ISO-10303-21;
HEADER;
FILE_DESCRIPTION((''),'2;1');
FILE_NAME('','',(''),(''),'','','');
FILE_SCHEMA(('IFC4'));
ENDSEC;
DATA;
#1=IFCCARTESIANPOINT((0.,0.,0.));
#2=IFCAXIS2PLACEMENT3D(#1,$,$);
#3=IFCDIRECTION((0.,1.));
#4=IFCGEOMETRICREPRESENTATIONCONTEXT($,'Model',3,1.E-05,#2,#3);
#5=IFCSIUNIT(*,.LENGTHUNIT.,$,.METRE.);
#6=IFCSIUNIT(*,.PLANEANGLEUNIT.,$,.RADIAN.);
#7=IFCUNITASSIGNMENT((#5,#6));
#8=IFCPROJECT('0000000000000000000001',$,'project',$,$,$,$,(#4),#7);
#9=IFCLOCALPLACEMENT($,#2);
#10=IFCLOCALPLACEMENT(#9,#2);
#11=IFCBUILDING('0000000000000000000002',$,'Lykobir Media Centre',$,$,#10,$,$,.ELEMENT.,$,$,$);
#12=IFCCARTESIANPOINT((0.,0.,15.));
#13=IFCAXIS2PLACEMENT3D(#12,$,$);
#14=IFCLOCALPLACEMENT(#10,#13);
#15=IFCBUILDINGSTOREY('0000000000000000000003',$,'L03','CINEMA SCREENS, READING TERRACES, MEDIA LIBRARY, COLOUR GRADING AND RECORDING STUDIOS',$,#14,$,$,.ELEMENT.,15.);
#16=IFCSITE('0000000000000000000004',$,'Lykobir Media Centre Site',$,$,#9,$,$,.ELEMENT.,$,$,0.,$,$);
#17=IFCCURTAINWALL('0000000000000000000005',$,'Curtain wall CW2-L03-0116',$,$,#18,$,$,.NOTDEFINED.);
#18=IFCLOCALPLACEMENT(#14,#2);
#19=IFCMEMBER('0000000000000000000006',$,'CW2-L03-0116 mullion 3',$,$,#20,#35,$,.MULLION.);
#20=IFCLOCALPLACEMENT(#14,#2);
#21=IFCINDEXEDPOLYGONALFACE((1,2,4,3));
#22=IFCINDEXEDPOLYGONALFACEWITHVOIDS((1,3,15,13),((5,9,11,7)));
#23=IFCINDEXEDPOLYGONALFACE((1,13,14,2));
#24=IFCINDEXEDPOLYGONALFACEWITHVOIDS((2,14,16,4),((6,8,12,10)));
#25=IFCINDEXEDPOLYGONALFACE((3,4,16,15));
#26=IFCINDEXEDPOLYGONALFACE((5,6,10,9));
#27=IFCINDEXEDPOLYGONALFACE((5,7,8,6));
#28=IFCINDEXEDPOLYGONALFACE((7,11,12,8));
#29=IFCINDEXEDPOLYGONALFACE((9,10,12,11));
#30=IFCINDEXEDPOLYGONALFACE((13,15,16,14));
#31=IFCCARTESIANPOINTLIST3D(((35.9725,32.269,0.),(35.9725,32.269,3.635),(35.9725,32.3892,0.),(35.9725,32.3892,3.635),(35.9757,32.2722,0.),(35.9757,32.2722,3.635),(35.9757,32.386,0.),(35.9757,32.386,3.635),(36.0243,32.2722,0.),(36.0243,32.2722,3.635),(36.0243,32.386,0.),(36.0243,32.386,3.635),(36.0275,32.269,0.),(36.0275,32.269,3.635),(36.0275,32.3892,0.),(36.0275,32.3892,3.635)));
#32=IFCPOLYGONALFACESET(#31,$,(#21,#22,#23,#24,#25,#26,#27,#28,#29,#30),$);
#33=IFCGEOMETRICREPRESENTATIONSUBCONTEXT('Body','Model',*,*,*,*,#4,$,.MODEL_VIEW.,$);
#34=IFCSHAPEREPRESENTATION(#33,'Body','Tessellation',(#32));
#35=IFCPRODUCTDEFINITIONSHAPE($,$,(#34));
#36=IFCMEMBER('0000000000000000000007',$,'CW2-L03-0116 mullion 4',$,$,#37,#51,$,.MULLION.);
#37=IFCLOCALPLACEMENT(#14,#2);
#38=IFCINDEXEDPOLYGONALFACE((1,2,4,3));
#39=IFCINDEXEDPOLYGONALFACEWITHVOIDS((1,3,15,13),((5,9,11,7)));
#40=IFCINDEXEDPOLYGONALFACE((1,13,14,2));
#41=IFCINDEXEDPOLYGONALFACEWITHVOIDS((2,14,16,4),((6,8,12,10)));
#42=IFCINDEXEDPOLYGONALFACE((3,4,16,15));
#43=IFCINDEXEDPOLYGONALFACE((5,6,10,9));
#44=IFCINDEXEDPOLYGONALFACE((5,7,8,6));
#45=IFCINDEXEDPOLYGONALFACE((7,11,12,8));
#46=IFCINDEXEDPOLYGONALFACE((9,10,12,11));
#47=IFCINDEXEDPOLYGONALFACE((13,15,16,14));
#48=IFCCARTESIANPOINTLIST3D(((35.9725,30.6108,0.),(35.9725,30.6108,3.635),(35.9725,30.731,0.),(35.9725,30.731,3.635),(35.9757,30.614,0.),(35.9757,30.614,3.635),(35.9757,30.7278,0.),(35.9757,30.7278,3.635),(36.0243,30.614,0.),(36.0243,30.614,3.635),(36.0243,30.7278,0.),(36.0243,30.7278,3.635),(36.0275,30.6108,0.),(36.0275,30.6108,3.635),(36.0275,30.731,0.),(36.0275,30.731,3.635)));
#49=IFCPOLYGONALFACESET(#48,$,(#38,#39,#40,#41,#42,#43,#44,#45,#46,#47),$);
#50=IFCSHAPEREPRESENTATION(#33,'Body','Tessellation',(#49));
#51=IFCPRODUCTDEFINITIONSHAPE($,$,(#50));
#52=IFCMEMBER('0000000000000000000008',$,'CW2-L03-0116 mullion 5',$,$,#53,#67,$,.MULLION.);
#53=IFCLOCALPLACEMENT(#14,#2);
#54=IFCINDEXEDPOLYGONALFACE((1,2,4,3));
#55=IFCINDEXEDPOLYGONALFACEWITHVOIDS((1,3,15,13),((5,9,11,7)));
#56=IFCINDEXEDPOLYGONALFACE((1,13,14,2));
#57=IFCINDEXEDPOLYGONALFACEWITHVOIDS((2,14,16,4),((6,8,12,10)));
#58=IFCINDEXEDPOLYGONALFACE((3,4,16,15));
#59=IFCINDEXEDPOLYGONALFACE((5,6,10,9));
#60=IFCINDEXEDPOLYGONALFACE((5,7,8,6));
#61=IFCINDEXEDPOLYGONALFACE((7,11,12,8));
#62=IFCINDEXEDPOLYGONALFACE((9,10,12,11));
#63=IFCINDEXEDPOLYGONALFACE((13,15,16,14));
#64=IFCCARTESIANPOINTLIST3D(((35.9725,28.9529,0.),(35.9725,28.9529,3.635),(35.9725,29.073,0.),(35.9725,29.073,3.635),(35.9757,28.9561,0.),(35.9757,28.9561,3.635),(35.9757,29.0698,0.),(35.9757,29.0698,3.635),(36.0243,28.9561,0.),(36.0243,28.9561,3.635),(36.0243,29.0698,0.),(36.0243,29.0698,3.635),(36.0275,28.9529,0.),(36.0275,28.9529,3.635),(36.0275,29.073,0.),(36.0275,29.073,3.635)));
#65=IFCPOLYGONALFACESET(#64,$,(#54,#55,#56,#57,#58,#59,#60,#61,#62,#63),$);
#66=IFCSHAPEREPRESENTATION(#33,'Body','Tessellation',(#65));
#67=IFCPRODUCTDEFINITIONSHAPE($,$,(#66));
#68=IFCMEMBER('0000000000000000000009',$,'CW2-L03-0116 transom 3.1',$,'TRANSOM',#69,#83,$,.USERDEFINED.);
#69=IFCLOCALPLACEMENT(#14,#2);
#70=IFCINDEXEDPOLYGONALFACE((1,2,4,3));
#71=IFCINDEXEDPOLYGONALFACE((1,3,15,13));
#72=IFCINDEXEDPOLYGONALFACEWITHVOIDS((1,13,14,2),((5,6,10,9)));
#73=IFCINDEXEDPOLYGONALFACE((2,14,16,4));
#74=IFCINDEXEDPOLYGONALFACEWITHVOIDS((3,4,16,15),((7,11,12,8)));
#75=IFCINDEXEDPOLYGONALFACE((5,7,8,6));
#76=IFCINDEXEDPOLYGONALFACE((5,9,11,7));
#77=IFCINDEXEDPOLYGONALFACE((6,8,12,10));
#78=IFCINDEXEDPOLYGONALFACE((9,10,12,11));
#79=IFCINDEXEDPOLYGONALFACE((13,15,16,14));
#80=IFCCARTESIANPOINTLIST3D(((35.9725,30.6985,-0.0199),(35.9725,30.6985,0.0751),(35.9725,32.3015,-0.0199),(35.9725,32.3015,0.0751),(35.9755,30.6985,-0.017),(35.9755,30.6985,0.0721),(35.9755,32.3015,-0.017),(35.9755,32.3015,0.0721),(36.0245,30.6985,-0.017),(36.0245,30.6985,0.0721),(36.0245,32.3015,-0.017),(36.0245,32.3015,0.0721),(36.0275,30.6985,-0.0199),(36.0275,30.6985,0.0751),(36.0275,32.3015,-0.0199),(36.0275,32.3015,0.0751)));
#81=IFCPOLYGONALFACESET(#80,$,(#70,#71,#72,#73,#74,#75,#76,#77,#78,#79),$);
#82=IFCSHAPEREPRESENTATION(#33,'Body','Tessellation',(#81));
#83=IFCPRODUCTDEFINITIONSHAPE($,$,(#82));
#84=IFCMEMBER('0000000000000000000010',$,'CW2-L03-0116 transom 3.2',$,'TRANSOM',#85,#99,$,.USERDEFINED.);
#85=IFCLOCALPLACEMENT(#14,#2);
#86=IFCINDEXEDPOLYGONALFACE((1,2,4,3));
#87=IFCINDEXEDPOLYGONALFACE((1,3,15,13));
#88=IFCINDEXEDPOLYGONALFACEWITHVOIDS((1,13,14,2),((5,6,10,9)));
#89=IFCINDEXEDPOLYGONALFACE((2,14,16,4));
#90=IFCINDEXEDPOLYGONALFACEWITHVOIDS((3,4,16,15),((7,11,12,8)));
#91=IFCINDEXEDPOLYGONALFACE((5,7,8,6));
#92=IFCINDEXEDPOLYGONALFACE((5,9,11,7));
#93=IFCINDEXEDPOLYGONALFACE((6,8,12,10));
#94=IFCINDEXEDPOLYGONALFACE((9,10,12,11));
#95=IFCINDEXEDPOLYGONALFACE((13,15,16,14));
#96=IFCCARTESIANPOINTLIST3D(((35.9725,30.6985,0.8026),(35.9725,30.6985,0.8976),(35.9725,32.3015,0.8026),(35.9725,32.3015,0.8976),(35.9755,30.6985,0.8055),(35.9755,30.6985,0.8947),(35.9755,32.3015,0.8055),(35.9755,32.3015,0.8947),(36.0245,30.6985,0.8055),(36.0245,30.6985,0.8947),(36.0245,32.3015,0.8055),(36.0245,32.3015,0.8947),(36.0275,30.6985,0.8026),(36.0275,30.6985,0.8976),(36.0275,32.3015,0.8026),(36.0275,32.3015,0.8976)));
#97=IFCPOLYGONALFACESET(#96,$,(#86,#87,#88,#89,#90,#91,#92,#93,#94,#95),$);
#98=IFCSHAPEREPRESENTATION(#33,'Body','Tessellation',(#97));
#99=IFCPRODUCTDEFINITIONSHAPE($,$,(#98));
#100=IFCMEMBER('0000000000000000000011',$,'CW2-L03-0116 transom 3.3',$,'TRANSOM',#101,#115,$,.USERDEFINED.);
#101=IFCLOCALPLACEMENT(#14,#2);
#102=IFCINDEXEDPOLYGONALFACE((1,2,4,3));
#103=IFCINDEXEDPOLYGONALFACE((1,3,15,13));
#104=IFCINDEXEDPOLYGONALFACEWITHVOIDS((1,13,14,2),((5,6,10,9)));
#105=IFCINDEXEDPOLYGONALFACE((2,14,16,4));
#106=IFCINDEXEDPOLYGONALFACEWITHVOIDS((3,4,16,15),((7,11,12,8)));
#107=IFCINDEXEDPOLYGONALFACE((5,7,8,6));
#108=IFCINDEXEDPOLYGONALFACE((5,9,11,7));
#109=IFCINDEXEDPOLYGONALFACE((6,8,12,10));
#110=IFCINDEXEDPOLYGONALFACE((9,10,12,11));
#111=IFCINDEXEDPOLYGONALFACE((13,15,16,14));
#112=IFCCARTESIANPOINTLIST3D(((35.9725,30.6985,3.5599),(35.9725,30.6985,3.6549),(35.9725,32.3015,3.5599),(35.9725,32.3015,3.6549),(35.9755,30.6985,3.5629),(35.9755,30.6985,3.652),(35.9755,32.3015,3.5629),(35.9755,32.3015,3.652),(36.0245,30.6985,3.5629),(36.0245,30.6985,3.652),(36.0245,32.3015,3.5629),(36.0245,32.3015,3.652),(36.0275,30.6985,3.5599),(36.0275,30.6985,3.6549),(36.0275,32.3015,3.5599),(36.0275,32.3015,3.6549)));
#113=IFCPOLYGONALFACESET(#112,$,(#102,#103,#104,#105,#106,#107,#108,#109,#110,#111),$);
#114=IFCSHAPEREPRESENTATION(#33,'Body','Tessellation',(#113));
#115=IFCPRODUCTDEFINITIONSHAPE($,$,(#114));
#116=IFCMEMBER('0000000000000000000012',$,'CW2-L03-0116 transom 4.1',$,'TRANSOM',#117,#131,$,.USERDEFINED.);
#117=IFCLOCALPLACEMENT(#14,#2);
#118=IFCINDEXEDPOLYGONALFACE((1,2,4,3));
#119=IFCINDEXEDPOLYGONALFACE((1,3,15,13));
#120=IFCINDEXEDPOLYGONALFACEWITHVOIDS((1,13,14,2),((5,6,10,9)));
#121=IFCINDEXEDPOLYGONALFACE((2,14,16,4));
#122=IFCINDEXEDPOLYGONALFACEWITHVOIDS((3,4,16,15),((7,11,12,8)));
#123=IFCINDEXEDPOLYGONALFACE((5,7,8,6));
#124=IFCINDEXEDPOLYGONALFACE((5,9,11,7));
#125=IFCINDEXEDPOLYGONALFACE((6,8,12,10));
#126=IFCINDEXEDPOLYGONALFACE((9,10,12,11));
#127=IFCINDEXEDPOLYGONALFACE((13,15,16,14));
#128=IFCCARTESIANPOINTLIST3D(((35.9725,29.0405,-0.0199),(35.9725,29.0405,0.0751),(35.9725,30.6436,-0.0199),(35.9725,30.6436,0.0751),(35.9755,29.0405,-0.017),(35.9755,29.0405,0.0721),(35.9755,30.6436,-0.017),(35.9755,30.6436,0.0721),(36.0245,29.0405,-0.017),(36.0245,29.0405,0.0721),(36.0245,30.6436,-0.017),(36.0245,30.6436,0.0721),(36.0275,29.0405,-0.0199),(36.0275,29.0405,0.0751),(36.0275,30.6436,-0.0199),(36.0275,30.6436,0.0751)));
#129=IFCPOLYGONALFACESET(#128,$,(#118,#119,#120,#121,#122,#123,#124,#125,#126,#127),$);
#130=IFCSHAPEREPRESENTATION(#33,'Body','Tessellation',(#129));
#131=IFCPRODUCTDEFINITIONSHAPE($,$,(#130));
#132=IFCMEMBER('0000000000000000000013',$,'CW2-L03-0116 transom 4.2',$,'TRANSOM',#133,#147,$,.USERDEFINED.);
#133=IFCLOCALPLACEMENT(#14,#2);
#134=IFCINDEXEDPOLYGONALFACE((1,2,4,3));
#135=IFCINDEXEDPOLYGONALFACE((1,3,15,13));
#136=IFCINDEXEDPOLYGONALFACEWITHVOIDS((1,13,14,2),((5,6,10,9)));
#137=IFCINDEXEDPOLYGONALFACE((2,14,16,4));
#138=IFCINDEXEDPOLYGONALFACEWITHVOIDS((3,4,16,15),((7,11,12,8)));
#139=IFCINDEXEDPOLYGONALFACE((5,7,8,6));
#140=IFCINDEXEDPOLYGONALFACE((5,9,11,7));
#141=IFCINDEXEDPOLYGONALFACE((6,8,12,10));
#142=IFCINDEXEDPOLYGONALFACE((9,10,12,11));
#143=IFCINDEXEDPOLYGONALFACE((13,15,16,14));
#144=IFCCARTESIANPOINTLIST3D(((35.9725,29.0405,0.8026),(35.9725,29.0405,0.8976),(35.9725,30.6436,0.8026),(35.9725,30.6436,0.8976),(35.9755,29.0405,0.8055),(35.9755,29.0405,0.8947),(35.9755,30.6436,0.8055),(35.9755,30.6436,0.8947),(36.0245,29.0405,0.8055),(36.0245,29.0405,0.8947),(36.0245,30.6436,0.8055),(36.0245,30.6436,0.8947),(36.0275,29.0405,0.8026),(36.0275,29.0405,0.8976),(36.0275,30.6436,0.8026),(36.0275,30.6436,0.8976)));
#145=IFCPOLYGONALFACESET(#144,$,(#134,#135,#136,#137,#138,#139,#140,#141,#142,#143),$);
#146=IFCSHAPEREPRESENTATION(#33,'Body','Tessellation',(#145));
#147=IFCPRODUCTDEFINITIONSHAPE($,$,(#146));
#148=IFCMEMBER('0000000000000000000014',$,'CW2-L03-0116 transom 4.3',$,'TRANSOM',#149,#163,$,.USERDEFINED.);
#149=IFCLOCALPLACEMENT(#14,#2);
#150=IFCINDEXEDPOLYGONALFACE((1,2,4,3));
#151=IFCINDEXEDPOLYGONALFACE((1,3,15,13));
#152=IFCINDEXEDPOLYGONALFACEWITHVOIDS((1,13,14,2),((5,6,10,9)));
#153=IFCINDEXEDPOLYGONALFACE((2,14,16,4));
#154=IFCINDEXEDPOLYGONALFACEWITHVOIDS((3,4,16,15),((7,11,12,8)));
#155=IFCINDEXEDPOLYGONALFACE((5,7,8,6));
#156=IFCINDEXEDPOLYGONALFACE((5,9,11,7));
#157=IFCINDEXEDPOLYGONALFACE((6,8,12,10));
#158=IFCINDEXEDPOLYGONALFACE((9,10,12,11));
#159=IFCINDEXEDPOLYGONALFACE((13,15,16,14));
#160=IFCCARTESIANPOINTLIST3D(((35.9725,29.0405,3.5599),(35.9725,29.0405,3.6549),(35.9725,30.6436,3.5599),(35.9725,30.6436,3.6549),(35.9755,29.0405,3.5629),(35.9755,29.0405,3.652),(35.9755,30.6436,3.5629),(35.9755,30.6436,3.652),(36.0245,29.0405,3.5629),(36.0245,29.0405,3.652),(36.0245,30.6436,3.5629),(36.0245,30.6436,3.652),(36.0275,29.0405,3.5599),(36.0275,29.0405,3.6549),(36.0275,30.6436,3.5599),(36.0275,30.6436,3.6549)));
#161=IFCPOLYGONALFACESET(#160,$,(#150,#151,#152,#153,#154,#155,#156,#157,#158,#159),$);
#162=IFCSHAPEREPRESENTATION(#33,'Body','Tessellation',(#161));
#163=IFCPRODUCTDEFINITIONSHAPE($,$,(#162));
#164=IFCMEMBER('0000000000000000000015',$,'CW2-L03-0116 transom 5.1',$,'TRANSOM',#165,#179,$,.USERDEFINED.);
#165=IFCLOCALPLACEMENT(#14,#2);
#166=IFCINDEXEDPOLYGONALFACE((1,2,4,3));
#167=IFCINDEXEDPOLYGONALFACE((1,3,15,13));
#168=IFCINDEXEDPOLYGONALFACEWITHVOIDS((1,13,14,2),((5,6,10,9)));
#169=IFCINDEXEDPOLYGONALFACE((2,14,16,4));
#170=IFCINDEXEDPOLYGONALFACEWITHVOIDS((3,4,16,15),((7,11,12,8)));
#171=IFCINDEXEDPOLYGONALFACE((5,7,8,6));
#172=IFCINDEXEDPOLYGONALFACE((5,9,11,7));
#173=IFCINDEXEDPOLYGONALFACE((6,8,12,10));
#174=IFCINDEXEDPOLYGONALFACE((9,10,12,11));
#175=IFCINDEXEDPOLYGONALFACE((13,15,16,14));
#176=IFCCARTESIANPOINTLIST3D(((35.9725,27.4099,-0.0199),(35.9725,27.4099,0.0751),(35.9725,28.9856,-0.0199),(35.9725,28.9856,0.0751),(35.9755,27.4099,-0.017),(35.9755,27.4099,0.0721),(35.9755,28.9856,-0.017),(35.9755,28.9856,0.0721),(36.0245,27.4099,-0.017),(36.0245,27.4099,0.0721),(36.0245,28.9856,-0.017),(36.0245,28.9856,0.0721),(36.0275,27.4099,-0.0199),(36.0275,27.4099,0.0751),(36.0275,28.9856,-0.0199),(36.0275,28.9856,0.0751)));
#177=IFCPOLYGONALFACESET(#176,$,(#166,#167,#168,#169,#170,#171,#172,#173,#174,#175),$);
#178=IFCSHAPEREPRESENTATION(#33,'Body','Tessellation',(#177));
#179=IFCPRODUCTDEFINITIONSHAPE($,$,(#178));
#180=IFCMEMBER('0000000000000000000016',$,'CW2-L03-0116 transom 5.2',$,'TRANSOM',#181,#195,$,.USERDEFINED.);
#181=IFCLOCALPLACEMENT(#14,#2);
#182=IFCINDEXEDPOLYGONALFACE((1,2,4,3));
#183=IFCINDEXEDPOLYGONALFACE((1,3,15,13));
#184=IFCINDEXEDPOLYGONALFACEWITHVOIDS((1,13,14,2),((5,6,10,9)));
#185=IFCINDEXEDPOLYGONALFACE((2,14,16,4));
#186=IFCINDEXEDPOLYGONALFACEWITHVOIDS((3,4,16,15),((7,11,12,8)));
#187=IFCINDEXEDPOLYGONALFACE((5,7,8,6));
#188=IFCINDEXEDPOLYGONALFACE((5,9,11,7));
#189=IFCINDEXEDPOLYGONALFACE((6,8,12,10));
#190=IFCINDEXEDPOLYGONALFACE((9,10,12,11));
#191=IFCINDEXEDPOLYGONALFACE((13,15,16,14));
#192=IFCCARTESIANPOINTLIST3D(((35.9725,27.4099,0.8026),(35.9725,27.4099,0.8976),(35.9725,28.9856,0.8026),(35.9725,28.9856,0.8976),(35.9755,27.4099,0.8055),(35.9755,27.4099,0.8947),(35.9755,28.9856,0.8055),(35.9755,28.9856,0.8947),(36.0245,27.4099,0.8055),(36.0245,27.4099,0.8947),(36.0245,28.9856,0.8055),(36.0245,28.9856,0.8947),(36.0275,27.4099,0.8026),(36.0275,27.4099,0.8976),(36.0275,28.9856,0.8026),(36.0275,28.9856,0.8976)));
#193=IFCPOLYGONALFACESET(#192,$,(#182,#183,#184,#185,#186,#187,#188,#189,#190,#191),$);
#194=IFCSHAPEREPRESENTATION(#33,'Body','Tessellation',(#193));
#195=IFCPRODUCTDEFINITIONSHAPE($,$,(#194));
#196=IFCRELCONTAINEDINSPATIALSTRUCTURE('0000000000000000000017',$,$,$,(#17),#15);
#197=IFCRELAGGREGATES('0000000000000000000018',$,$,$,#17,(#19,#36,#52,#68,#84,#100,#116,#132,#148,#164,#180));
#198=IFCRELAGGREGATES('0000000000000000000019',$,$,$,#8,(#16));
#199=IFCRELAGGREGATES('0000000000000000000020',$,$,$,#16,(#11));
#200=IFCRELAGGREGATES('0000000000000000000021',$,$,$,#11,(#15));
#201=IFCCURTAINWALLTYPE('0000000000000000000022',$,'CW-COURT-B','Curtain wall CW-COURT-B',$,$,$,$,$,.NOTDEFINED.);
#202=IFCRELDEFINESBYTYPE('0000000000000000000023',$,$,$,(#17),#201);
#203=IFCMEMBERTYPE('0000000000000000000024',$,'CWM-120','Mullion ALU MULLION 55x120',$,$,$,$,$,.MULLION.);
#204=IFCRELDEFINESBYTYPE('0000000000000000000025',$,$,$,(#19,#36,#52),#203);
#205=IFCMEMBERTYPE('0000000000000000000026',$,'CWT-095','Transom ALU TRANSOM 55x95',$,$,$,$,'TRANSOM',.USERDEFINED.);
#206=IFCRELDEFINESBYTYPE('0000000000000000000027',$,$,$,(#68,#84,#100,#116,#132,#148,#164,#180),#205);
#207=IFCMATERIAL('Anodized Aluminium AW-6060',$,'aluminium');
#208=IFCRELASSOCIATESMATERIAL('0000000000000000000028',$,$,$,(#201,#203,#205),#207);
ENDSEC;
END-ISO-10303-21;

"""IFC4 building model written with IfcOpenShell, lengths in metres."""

from ifc_helpers import new_model, si_unit, direction, frame, origin, origin_2d, place, context, subcontext, project, spatial, hollow_rectangle, extrude, material, material_profile, profile_set, type_object, element, aggregate, save


model = new_model("IFC4")

# Units and contexts
model_context = context("Model", 3, precision=1e-05, world=origin(), true_north=direction((0.0, 1.0)))
body_context = subcontext(model_context, "Body", "Model", "MODEL_VIEW")
ifc_project = project(units=[si_unit("LENGTHUNIT", "METRE"), si_unit("PLANEANGLEUNIT", "RADIAN")], contexts=[model_context])

# Site, building, storey
site_placement = place(None, origin())
site = spatial("IfcSite", under=ifc_project, at=site_placement, Name="Lykobir Media Centre Site", CompositionType="ELEMENT", RefElevation=0.0)
building_placement = place(site_placement, origin())
building = spatial("IfcBuilding", under=site, at=building_placement, Name="Lykobir Media Centre", CompositionType="ELEMENT")
storey_placement = place(building_placement, frame((0.0, 0.0, 15.0)))
storey = spatial("IfcBuildingStorey", under=building, at=storey_placement, Name="L03", Description="CINEMA SCREENS, READING TERRACES, MEDIA LIBRARY, COLOUR GRADING AND RECORDING STUDIOS", CompositionType="ELEMENT", Elevation=15.0)

# Curtain wall, members
ifc_material_1 = material(Name="Anodized Aluminium AW-6060", Category="aluminium")
curtain_wall_type = type_object("IfcCurtainWallType", Name="CW-COURT-B", Description="Curtain wall CW-COURT-B", PredefinedType="NOTDEFINED", material=ifc_material_1)
curtain_wall_placement = place(storey_placement, origin())
curtain_wall = element("IfcCurtainWall", 1, at=curtain_wall_placement, inside=storey, type_object=curtain_wall_type, Name="Curtain wall CW2-L03-0116", PredefinedType="NOTDEFINED")
ifc_material_profile_1 = material_profile(ifc_material_1, hollow_rectangle(XDim=0.0549, YDim=0.1201, WallThickness=0.0032, at=origin_2d()), Name="ALU MULLION 55x120")
ifc_profile_set_1 = profile_set([ifc_material_profile_1], Name="Anodized Aluminium AW-6060")
member_type_1 = type_object("IfcMemberType", Name="CWM-120", Description="Mullion ALU MULLION 55x120", PredefinedType="MULLION", material=ifc_profile_set_1)
member_1_placement = place(storey_placement, frame((36.0, 32.3291, 0.0), z_axis=(0.0, 0.0, 1.0), x_axis=(1.0, 0.0, 0.0)))
member_1 = element("IfcMember", 2, at=member_1_placement, type_object=member_type_1, Name="CW2-L03-0116 mullion 3", PredefinedType="MULLION", context=body_context, shape_type="SweptSolid", body=[
    extrude(hollow_rectangle(XDim=0.0549, YDim=0.1201, WallThickness=0.0032, at=origin_2d()), origin(), (0.0, 0.0, 1.0), 3.635),
])
member_2_placement = place(storey_placement, frame((36.0, 30.6709, 0.0), z_axis=(0.0, 0.0, 1.0), x_axis=(1.0, 0.0, 0.0)))
member_2 = element("IfcMember", 3, at=member_2_placement, type_object=member_type_1, Name="CW2-L03-0116 mullion 4", PredefinedType="MULLION", context=body_context, shape_type="SweptSolid", body=[
    extrude(hollow_rectangle(XDim=0.0549, YDim=0.1201, WallThickness=0.0032, at=origin_2d()), origin(), (0.0, 0.0, 1.0), 3.635),
])
member_3_placement = place(storey_placement, frame((36.0, 29.0129, 0.0), z_axis=(0.0, 0.0, 1.0), x_axis=(1.0, 0.0, 0.0)))
member_3 = element("IfcMember", 4, at=member_3_placement, type_object=member_type_1, Name="CW2-L03-0116 mullion 5", PredefinedType="MULLION", context=body_context, shape_type="SweptSolid", body=[
    extrude(hollow_rectangle(XDim=0.0549, YDim=0.1201, WallThickness=0.0032, at=origin_2d()), origin(), (0.0, 0.0, 1.0), 3.635),
])
ifc_material_profile_2 = material_profile(ifc_material_1, hollow_rectangle(XDim=0.0549, YDim=0.095, WallThickness=0.0029, at=origin_2d()), Name="ALU TRANSOM 55x95")
ifc_profile_set_2 = profile_set([ifc_material_profile_2], Name="Anodized Aluminium AW-6060")
member_type_2 = type_object("IfcMemberType", Name="CWT-095", Description="Transom ALU TRANSOM 55x95", ElementType="TRANSOM", PredefinedType="USERDEFINED", material=ifc_profile_set_2)
member_4_placement = place(storey_placement, frame((36.0, 32.3015, 0.0276), z_axis=(0.0, -1.0, 0.0), x_axis=(1.0, 0.0, 0.0)))
member_4 = element("IfcMember", 5, at=member_4_placement, type_object=member_type_2, Name="CW2-L03-0116 transom 3.1", ObjectType="TRANSOM", PredefinedType="USERDEFINED", context=body_context, shape_type="SweptSolid", body=[
    extrude(hollow_rectangle(XDim=0.0549, YDim=0.095, WallThickness=0.0029, at=origin_2d()), origin(), (0.0, 0.0, 1.0), 1.603),
])
member_5_placement = place(storey_placement, frame((36.0, 32.3015, 0.8501), z_axis=(0.0, -1.0, 0.0), x_axis=(1.0, 0.0, 0.0)))
member_5 = element("IfcMember", 6, at=member_5_placement, type_object=member_type_2, Name="CW2-L03-0116 transom 3.2", ObjectType="TRANSOM", PredefinedType="USERDEFINED", context=body_context, shape_type="SweptSolid", body=[
    extrude(hollow_rectangle(XDim=0.0549, YDim=0.095, WallThickness=0.0029, at=origin_2d()), origin(), (0.0, 0.0, 1.0), 1.603),
])
member_6_placement = place(storey_placement, frame((36.0, 32.3015, 3.6074), z_axis=(0.0, -1.0, 0.0), x_axis=(1.0, 0.0, 0.0)))
member_6 = element("IfcMember", 7, at=member_6_placement, type_object=member_type_2, Name="CW2-L03-0116 transom 3.3", ObjectType="TRANSOM", PredefinedType="USERDEFINED", context=body_context, shape_type="SweptSolid", body=[
    extrude(hollow_rectangle(XDim=0.0549, YDim=0.095, WallThickness=0.0029, at=origin_2d()), origin(), (0.0, 0.0, 1.0), 1.603),
])
member_7_placement = place(storey_placement, frame((36.0, 30.6436, 0.0276), z_axis=(0.0, -1.0, 0.0), x_axis=(1.0, 0.0, 0.0)))
member_7 = element("IfcMember", 8, at=member_7_placement, type_object=member_type_2, Name="CW2-L03-0116 transom 4.1", ObjectType="TRANSOM", PredefinedType="USERDEFINED", context=body_context, shape_type="SweptSolid", body=[
    extrude(hollow_rectangle(XDim=0.0549, YDim=0.095, WallThickness=0.0029, at=origin_2d()), origin(), (0.0, 0.0, 1.0), 1.603),
])
member_8_placement = place(storey_placement, frame((36.0, 30.6436, 0.8501), z_axis=(0.0, -1.0, 0.0), x_axis=(1.0, 0.0, 0.0)))
member_8 = element("IfcMember", 9, at=member_8_placement, type_object=member_type_2, Name="CW2-L03-0116 transom 4.2", ObjectType="TRANSOM", PredefinedType="USERDEFINED", context=body_context, shape_type="SweptSolid", body=[
    extrude(hollow_rectangle(XDim=0.0549, YDim=0.095, WallThickness=0.0029, at=origin_2d()), origin(), (0.0, 0.0, 1.0), 1.603),
])
member_9_placement = place(storey_placement, frame((36.0, 30.6436, 3.6074), z_axis=(0.0, -1.0, 0.0), x_axis=(1.0, 0.0, 0.0)))
member_9 = element("IfcMember", 10, at=member_9_placement, type_object=member_type_2, Name="CW2-L03-0116 transom 4.3", ObjectType="TRANSOM", PredefinedType="USERDEFINED", context=body_context, shape_type="SweptSolid", body=[
    extrude(hollow_rectangle(XDim=0.0549, YDim=0.095, WallThickness=0.0029, at=origin_2d()), origin(), (0.0, 0.0, 1.0), 1.603),
])
member_10_placement = place(storey_placement, frame((36.0, 28.9856, 0.0276), z_axis=(0.0, -1.0, 0.0), x_axis=(1.0, 0.0, 0.0)))
member_10 = element("IfcMember", 11, at=member_10_placement, type_object=member_type_2, Name="CW2-L03-0116 transom 5.1", ObjectType="TRANSOM", PredefinedType="USERDEFINED", context=body_context, shape_type="SweptSolid", body=[
    extrude(hollow_rectangle(XDim=0.0549, YDim=0.095, WallThickness=0.0029, at=origin_2d()), origin(), (0.0, 0.0, 1.0), 1.5757),
])
member_11_placement = place(storey_placement, frame((36.0, 28.9856, 0.8501), z_axis=(0.0, -1.0, 0.0), x_axis=(1.0, 0.0, 0.0)))
member_11 = element("IfcMember", 12, at=member_11_placement, type_object=member_type_2, Name="CW2-L03-0116 transom 5.2", ObjectType="TRANSOM", PredefinedType="USERDEFINED", context=body_context, shape_type="SweptSolid", body=[
    extrude(hollow_rectangle(XDim=0.0549, YDim=0.095, WallThickness=0.0029, at=origin_2d()), origin(), (0.0, 0.0, 1.0), 1.5757),
])

aggregate(curtain_wall, [member_1, member_2, member_3, member_4, member_5, member_6, member_7, member_8, member_9, member_10, member_11])

save(model, "model.ifc")
